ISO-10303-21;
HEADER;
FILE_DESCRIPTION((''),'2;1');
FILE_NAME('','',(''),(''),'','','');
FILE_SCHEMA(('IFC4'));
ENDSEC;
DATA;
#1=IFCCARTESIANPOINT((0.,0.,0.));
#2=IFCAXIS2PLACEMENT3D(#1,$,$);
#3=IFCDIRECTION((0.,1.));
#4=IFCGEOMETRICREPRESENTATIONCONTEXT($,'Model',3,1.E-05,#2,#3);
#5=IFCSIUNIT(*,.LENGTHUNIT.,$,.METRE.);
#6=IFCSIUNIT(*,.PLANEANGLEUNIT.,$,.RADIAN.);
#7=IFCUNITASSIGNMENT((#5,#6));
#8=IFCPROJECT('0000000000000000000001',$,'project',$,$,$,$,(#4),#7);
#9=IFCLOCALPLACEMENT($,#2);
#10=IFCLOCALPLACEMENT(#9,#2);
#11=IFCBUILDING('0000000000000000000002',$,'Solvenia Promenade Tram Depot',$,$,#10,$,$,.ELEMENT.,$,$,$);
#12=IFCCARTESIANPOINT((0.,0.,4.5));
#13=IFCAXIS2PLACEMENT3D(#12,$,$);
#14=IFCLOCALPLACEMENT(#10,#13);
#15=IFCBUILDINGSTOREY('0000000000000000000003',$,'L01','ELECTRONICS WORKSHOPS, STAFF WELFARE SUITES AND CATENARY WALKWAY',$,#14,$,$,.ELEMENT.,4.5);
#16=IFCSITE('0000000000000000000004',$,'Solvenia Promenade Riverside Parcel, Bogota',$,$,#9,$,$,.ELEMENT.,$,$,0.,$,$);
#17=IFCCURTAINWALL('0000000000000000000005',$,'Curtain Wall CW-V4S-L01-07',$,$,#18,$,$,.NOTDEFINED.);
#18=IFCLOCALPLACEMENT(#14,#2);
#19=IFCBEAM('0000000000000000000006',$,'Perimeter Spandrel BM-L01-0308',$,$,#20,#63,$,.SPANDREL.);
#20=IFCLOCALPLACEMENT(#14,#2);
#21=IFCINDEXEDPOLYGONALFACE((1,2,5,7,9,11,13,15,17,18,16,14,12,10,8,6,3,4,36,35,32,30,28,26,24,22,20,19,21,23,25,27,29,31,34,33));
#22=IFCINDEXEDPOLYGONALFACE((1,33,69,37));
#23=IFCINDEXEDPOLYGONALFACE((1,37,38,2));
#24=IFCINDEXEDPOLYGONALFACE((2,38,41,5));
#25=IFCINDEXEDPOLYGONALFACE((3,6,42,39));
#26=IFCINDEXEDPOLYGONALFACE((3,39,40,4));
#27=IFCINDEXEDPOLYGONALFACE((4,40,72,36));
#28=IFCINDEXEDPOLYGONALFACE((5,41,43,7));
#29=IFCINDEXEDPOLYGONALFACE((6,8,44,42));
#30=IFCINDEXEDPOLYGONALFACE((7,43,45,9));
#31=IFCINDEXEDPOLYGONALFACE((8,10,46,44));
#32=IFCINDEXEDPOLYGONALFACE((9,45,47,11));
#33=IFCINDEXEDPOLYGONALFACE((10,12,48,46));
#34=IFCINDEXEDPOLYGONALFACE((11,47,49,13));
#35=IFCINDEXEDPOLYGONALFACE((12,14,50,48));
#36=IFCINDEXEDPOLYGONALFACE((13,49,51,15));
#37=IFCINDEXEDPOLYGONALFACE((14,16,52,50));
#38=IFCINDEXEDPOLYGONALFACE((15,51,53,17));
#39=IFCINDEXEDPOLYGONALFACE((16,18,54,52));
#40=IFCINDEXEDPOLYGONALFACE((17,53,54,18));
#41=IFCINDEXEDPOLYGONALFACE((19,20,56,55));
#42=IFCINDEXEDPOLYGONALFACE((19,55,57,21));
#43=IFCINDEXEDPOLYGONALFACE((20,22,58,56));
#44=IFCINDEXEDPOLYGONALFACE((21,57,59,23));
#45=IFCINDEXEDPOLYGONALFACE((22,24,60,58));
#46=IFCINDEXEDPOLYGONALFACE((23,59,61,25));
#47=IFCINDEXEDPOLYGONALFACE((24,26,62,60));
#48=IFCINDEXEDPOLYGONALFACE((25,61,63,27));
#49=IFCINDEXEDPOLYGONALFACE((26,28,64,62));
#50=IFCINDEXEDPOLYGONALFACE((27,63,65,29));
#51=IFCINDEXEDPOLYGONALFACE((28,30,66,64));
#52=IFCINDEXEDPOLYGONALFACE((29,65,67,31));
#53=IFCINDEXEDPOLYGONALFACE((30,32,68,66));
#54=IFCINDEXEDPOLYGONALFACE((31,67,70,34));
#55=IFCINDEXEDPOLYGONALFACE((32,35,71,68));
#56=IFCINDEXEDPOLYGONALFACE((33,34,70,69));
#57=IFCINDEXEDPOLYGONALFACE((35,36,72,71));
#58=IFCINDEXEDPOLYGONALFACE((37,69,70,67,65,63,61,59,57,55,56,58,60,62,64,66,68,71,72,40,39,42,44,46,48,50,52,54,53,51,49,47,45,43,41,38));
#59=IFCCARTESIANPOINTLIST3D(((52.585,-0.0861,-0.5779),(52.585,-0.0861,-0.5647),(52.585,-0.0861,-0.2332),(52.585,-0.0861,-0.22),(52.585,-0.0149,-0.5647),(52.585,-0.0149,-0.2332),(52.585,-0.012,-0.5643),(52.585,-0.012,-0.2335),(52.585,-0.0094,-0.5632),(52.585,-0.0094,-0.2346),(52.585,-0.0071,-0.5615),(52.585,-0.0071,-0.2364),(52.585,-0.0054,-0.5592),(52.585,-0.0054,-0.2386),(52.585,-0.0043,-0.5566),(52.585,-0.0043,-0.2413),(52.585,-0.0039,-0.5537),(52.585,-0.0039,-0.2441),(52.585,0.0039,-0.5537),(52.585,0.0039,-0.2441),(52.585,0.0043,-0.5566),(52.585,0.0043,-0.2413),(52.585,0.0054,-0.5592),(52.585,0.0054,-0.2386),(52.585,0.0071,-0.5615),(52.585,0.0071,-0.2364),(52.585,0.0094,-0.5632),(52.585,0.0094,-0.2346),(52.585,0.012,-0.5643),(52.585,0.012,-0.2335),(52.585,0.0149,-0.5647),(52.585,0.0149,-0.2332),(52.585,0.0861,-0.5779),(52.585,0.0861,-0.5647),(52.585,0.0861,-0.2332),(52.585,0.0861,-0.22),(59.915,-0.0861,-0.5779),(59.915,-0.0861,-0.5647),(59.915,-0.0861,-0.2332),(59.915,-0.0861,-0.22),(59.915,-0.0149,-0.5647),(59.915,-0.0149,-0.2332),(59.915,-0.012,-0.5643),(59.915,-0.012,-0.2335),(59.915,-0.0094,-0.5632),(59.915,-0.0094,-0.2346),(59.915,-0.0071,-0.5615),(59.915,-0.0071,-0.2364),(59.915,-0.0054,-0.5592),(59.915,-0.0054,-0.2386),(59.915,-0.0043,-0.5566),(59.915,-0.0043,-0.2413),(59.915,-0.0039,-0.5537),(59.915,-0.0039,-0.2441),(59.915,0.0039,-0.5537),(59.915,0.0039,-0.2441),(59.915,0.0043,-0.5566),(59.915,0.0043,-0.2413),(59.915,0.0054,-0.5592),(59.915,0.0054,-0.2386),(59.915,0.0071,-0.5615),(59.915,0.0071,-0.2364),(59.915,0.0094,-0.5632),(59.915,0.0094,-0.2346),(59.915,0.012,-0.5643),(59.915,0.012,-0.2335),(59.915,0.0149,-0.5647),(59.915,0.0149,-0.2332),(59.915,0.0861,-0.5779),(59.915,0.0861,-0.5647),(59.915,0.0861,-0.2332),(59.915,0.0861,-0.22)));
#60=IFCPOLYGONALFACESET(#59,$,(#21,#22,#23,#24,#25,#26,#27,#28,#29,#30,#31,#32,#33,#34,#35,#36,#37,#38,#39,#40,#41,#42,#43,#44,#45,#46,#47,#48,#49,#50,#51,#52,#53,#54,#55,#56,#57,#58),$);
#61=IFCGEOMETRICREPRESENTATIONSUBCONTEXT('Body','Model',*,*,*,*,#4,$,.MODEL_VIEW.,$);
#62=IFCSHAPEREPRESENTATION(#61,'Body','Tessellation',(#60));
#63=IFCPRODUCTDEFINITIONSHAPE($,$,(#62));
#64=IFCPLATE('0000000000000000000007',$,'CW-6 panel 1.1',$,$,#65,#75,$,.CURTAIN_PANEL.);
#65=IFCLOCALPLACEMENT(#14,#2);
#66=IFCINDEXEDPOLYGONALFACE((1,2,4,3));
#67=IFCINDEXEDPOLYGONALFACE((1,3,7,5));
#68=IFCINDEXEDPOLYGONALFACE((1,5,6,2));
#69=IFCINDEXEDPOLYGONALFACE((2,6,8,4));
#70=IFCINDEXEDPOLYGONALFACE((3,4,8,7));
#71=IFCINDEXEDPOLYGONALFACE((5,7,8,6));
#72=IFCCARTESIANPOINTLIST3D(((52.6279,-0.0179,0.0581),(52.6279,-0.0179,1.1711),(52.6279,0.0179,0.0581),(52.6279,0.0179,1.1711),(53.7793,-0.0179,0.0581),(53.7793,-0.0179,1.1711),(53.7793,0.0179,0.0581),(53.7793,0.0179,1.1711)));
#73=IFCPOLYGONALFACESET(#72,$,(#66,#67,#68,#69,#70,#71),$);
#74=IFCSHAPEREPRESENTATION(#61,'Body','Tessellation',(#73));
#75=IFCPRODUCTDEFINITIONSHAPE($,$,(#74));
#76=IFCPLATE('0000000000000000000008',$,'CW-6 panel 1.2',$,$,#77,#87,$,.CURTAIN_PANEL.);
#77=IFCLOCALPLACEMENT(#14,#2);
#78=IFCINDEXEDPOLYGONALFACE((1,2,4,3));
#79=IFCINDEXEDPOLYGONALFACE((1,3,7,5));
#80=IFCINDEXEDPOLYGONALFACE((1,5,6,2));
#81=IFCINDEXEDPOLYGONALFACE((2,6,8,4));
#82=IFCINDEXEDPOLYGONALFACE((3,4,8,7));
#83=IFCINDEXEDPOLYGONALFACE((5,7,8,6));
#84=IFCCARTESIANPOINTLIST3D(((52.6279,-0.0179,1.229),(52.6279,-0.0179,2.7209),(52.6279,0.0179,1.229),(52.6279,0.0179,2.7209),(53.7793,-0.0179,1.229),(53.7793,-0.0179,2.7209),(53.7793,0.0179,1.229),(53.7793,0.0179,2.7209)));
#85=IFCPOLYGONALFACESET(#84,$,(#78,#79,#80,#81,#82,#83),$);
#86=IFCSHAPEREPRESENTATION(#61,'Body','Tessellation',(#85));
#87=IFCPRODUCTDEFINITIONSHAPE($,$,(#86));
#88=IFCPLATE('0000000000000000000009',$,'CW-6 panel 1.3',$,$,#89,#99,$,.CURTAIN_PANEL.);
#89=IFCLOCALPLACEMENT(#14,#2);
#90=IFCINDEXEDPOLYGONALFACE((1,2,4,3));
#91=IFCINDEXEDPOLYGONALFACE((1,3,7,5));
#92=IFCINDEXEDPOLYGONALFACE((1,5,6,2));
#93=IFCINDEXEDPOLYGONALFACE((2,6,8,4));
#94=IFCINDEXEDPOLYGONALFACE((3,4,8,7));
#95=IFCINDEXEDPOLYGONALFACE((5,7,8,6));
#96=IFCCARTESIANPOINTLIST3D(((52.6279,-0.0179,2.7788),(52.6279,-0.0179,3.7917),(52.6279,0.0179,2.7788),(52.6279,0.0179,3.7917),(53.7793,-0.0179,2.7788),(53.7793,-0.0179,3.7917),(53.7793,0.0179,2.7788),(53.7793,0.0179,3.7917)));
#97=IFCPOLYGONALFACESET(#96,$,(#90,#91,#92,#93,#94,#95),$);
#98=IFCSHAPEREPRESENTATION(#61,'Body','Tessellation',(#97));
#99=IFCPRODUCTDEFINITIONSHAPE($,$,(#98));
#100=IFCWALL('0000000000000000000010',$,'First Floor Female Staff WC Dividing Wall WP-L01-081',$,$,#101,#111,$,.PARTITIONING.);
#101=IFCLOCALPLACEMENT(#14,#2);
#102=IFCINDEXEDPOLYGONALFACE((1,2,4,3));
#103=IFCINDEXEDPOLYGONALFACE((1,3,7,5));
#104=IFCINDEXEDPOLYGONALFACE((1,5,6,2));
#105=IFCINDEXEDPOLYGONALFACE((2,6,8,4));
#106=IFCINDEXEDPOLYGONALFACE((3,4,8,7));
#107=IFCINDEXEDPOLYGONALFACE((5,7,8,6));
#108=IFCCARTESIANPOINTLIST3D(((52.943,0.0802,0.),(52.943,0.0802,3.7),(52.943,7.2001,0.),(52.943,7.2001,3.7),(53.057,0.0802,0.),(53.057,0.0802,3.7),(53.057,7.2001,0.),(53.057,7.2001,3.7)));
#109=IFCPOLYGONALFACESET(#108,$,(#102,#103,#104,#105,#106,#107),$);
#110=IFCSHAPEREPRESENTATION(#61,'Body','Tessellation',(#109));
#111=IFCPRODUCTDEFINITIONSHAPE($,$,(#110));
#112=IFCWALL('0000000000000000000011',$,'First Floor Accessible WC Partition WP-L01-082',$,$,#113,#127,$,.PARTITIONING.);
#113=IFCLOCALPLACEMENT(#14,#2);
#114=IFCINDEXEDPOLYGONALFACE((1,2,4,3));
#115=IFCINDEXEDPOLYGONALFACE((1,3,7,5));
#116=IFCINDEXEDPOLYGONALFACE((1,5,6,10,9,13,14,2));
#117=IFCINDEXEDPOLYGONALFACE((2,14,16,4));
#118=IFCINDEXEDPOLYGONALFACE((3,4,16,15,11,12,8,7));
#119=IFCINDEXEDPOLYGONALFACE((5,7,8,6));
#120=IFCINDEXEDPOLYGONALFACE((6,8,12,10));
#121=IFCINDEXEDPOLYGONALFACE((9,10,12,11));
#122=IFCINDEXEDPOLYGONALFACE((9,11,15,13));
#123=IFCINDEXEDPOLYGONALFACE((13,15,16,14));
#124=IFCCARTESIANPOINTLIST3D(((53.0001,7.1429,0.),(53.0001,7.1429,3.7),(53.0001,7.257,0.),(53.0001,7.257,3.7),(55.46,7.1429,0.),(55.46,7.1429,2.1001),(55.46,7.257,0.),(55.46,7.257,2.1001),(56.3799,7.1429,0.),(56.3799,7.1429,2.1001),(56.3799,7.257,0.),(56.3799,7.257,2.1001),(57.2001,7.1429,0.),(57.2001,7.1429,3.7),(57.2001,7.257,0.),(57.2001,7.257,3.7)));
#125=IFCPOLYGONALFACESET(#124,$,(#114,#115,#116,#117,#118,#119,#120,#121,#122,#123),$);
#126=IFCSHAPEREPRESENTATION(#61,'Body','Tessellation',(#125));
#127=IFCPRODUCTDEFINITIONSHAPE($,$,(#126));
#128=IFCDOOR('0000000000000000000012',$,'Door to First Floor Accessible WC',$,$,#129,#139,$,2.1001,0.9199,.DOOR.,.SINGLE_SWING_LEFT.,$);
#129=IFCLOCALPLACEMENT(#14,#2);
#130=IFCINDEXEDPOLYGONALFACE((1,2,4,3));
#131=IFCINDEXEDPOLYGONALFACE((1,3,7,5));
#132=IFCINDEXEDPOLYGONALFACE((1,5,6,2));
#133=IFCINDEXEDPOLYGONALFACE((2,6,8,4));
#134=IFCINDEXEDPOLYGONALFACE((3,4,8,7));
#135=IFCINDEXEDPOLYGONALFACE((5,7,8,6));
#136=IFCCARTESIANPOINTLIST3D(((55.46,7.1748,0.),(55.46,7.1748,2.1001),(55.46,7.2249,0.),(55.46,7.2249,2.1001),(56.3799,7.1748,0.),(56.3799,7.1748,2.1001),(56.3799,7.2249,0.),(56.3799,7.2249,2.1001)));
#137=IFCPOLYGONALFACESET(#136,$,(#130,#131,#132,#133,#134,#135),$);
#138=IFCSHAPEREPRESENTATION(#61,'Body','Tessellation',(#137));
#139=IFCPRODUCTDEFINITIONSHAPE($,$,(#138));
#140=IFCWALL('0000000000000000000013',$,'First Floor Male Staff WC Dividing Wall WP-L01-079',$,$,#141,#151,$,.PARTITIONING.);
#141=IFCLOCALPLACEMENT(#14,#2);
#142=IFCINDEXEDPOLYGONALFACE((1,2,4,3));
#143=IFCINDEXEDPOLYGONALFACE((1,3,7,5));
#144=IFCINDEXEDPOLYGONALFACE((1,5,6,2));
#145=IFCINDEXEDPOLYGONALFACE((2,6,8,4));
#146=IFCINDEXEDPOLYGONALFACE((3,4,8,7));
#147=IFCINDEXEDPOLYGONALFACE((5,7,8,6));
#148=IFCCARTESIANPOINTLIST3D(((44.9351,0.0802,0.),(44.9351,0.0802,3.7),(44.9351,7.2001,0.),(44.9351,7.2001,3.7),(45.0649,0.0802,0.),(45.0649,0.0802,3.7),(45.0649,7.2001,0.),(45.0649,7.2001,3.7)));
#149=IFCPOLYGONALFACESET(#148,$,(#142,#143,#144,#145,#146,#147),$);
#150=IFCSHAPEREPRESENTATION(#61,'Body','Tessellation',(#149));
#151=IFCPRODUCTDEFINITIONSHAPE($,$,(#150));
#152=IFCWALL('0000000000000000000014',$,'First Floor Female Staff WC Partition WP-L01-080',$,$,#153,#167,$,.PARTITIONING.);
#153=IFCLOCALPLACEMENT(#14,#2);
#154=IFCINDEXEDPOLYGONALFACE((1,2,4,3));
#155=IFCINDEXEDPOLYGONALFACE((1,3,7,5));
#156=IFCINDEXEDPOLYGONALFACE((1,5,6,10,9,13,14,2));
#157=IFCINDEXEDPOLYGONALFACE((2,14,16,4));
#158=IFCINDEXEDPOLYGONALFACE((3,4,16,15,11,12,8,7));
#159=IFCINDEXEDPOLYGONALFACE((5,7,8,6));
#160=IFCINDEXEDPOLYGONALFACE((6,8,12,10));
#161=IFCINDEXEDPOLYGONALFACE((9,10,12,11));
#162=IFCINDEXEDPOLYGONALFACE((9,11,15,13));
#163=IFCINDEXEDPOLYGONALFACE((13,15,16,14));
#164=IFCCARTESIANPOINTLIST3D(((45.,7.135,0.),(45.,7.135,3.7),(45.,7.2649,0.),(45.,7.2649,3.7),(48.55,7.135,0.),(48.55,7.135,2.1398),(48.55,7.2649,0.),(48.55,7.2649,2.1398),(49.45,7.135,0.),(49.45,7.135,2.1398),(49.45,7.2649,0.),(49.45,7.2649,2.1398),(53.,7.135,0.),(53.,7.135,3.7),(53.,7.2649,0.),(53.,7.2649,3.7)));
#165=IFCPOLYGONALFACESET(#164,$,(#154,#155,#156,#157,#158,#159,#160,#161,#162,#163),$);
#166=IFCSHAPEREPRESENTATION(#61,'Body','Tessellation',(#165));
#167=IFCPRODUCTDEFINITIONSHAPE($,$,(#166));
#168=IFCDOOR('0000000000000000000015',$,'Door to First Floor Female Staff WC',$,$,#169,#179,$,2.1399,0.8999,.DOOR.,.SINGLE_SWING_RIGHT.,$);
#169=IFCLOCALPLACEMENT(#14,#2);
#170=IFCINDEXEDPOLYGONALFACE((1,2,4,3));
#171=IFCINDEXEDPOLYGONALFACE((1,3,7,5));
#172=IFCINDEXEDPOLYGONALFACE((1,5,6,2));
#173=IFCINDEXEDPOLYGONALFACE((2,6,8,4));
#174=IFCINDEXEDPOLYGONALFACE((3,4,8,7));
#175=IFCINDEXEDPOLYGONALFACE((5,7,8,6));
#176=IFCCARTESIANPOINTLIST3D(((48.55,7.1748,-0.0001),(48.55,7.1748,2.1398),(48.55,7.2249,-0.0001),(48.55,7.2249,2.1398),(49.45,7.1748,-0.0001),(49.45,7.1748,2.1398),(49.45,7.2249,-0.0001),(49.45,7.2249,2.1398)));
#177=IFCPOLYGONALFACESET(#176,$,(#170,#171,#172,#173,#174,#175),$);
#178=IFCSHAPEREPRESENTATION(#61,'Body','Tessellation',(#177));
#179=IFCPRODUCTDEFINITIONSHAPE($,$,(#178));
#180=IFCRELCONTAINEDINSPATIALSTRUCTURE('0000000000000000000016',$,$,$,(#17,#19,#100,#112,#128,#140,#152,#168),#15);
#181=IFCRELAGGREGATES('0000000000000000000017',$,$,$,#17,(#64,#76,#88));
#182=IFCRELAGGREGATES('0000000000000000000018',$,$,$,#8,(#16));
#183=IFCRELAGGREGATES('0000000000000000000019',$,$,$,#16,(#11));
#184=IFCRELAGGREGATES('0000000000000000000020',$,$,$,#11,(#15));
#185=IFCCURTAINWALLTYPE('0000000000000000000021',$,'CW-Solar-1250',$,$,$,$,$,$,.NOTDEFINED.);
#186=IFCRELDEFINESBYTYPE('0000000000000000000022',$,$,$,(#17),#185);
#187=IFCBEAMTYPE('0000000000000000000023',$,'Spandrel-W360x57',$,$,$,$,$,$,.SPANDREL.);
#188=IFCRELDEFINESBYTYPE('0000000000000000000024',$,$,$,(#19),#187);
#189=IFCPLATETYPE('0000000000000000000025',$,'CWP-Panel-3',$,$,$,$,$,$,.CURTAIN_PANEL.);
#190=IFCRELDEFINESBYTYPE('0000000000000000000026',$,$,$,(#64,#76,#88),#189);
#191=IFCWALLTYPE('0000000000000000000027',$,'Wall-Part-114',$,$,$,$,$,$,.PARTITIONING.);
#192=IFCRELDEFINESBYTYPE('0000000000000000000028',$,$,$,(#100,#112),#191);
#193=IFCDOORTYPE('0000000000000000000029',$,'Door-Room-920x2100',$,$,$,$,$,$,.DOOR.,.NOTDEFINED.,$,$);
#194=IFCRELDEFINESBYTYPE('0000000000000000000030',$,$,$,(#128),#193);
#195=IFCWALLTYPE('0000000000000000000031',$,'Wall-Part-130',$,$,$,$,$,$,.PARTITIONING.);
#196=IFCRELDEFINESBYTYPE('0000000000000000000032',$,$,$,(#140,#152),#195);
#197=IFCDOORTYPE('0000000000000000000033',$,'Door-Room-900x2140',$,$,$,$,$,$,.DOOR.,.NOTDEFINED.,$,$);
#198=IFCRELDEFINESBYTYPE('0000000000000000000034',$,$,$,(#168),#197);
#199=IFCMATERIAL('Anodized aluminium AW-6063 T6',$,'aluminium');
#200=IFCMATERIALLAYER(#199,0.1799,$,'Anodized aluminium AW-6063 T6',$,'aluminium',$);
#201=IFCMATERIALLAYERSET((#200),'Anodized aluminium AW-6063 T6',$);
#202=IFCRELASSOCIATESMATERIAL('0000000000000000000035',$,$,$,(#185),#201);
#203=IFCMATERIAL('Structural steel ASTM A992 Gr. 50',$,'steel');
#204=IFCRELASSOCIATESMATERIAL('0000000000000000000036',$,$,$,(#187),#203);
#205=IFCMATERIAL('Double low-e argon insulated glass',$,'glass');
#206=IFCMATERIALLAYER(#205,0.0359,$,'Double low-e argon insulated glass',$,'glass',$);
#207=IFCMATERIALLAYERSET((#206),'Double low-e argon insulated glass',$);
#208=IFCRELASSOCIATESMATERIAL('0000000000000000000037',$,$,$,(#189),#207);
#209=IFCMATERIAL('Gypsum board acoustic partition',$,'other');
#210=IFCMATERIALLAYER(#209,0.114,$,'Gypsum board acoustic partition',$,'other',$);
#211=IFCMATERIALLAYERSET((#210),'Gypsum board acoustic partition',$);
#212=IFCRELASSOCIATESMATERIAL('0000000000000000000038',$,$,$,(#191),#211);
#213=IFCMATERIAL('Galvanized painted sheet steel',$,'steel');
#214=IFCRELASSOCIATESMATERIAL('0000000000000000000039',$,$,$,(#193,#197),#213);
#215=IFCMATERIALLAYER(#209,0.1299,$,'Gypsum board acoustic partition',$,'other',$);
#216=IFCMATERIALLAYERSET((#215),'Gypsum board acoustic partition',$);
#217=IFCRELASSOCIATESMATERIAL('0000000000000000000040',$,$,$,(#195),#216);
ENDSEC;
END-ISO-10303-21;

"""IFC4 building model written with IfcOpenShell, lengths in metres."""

from ifc_helpers import new_model, si_unit, direction, frame, frame_2d, origin, origin_2d, place, context, subcontext, project, spatial, rectangle, i_section, extrude, material, layer, layer_set, material_profile, profile_set, type_object, element, fill, aggregate, save


model = new_model("IFC4")

# Units and contexts
model_context = context("Model", 3, precision=1e-05, world=origin(), true_north=direction((0.0, 1.0)))
body_context = subcontext(model_context, "Body", "Model", "MODEL_VIEW")
ifc_project = project(units=[si_unit("LENGTHUNIT", "METRE"), si_unit("PLANEANGLEUNIT", "RADIAN")], contexts=[model_context])

# Site, building, storey
site_placement = place(None, origin())
site = spatial("IfcSite", under=ifc_project, at=site_placement, Name="Solvenia Promenade Riverside Parcel, Bogota", CompositionType="ELEMENT", RefElevation=0.0)
building_placement = place(site_placement, origin())
building = spatial("IfcBuilding", under=site, at=building_placement, Name="Solvenia Promenade Tram Depot", CompositionType="ELEMENT")
storey_placement = place(building_placement, frame((0.0, 0.0, 4.5)))
storey = spatial("IfcBuildingStorey", under=building, at=storey_placement, Name="L01", Description="ELECTRONICS WORKSHOPS, STAFF WELFARE SUITES AND CATENARY WALKWAY", CompositionType="ELEMENT", Elevation=4.5)

# Curtain wall
ifc_material_1 = material(Name="Anodized aluminium AW-6063 T6", Category="aluminium")
ifc_layer_1 = layer(ifc_material_1, 0.1799, Name="Anodized aluminium AW-6063 T6", Category="aluminium")
ifc_layer_set_1 = layer_set([ifc_layer_1], Name="Anodized aluminium AW-6063 T6")
curtain_wall_type = type_object("IfcCurtainWallType", Name="CW-Solar-1250", PredefinedType="NOTDEFINED", material=ifc_layer_set_1)
curtain_wall_placement = place(storey_placement, origin())
curtain_wall = element("IfcCurtainWall", 1, at=curtain_wall_placement, inside=storey, type_object=curtain_wall_type, Name="Curtain Wall CW-V4S-L01-07", PredefinedType="NOTDEFINED")

# Beam
ifc_material_2 = material(Name="Structural steel ASTM A992 Gr. 50", Category="steel")
ifc_material_profile_1 = material_profile(ifc_material_2, i_section(OverallWidth=0.1721, OverallDepth=0.3579, WebThickness=0.0078, FlangeThickness=0.0132, FilletRadius=0.011, at=origin_2d()), Name="W360x57", Category="steel")
ifc_profile_set_1 = profile_set([ifc_material_profile_1], Name="Structural steel ASTM A992 Gr. 50")
beam_type_1 = type_object("IfcBeamType", Name="Spandrel-W360x57", PredefinedType="SPANDREL", material=ifc_profile_set_1)
beam_placement = place(storey_placement, frame((52.585, 0.0, -0.3989), z_axis=(1.0, 0.0, 0.0), x_axis=(0.0, 1.0, 0.0)))
element("IfcBeam", 2, at=beam_placement, inside=storey, type_object=beam_type_1, Name="Perimeter Spandrel BM-L01-0308", PredefinedType="SPANDREL", context=body_context, shape_type="SweptSolid", body=[
    extrude(i_section(OverallWidth=0.1721, OverallDepth=0.3579, WebThickness=0.0078, FlangeThickness=0.0132, FilletRadius=0.011, at=origin_2d()), origin(), (0.0, 0.0, 1.0), 7.3301),
])

# Plates
ifc_material_3 = material(Name="Double low-e argon insulated glass", Category="glass")
ifc_layer_2 = layer(ifc_material_3, 0.0359, Name="Double low-e argon insulated glass", Category="glass")
ifc_layer_set_2 = layer_set([ifc_layer_2], Name="Double low-e argon insulated glass")
plate_type = type_object("IfcPlateType", Name="CWP-Panel-3", PredefinedType="CURTAIN_PANEL", material=ifc_layer_set_2)
plate_1_placement = place(storey_placement, frame((53.2036, 0.0, 0.0581), z_axis=(0.0, 0.0, 1.0), x_axis=(1.0, 0.0, 0.0)))
plate_1 = element("IfcPlate", 3, at=plate_1_placement, type_object=plate_type, Name="CW-6 panel 1.1", PredefinedType="CURTAIN_PANEL", context=body_context, shape_type="SweptSolid", body=[
    extrude(rectangle(XDim=1.1514, YDim=0.0359, at=origin_2d()), origin(), (0.0, 0.0, 1.0), 1.113),
])
plate_2_placement = place(storey_placement, frame((53.2036, 0.0, 1.229), z_axis=(0.0, 0.0, 1.0), x_axis=(1.0, 0.0, 0.0)))
plate_2 = element("IfcPlate", 4, at=plate_2_placement, type_object=plate_type, Name="CW-6 panel 1.2", PredefinedType="CURTAIN_PANEL", context=body_context, shape_type="SweptSolid", body=[
    extrude(rectangle(XDim=1.1514, YDim=0.0359, at=origin_2d()), origin(), (0.0, 0.0, 1.0), 1.4919),
])
plate_3_placement = place(storey_placement, frame((53.2036, 0.0, 2.7788), z_axis=(0.0, 0.0, 1.0), x_axis=(1.0, 0.0, 0.0)))
plate_3 = element("IfcPlate", 5, at=plate_3_placement, type_object=plate_type, Name="CW-6 panel 1.3", PredefinedType="CURTAIN_PANEL", context=body_context, shape_type="SweptSolid", body=[
    extrude(rectangle(XDim=1.1514, YDim=0.0359, at=origin_2d()), origin(), (0.0, 0.0, 1.0), 1.0129),
])
aggregate(curtain_wall, [plate_1, plate_2, plate_3])

# Wall
ifc_material_4 = material(Name="Gypsum board acoustic partition", Category="other")
ifc_layer_3 = layer(ifc_material_4, 0.114, Name="Gypsum board acoustic partition", Category="other")
ifc_layer_set_3 = layer_set([ifc_layer_3], Name="Gypsum board acoustic partition")
wall_type_1 = type_object("IfcWallType", Name="Wall-Part-114", PredefinedType="PARTITIONING", material=ifc_layer_set_3)
wall_1_placement = place(storey_placement, frame((53.0, 0.0801, 0.0), z_axis=(0.0, 0.0, 1.0), x_axis=(0.0, 1.0, 0.0)))
element("IfcWall", 6, at=wall_1_placement, inside=storey, type_object=wall_type_1, Name="First Floor Female Staff WC Dividing Wall WP-L01-081", PredefinedType="PARTITIONING", context=body_context, shape_type="SweptSolid", body=[
    extrude(rectangle(XDim=7.1199, YDim=0.114, at=frame_2d((3.5601, 0.0))), origin(), (0.0, 0.0, 1.0), 3.7),
])

# Wall, opening, door
wall_2_placement = place(storey_placement, frame((53.0, 7.2, 0.0), z_axis=(0.0, 0.0, 1.0), x_axis=(1.0, 0.0, 0.0)))
wall_2 = element("IfcWall", 7, at=wall_2_placement, inside=storey, type_object=wall_type_1, Name="First Floor Accessible WC Partition WP-L01-082", PredefinedType="PARTITIONING", context=body_context, shape_type="SweptSolid", body=[
    extrude(rectangle(XDim=4.2, YDim=0.114, at=frame_2d((2.1001, 0.0))), origin(), (0.0, 0.0, 1.0), 3.7),
])
opening_1_placement = place(wall_2_placement, frame((2.46, 0.0, 0.0)))
opening_1 = element("IfcOpeningElement", 8, at=opening_1_placement, cuts=wall_2, PredefinedType="OPENING", context=body_context, shape_type="SweptSolid", body=[
    extrude(rectangle(XDim=0.9199, YDim=2.1001, at=frame_2d((0.46, 1.05))), frame((0.0, 0.0669, 0.0), z_axis=(0.0, -1.0, 0.0), x_axis=(1.0, 0.0, 0.0)), (0.0, 0.0, 1.0), 0.134),
])
ifc_material_5 = material(Name="Galvanized painted sheet steel", Category="steel")
door_type_1 = type_object("IfcDoorType", Name="Door-Room-920x2100", OperationType="NOTDEFINED", PredefinedType="DOOR", material=ifc_material_5)
door_1_placement = place(opening_1_placement, origin())
door_1 = element("IfcDoor", 9, at=door_1_placement, inside=storey, type_object=door_type_1, Name="Door to First Floor Accessible WC", OperationType="SINGLE_SWING_LEFT", OverallHeight=2.1001, OverallWidth=0.9199, PredefinedType="DOOR", context=body_context, shape_type="SweptSolid", body=[
    extrude(rectangle(XDim=0.9199, YDim=2.1001, at=frame_2d((0.46, 1.05))), frame((0.0, 0.0249, 0.0), z_axis=(0.0, -1.0, 0.0), x_axis=(1.0, 0.0, 0.0)), (0.0, 0.0, 1.0), 0.05),
])
fill(opening_1, door_1)

# Wall
ifc_layer_4 = layer(ifc_material_4, 0.1299, Name="Gypsum board acoustic partition", Category="other")
ifc_layer_set_4 = layer_set([ifc_layer_4], Name="Gypsum board acoustic partition")
wall_type_2 = type_object("IfcWallType", Name="Wall-Part-130", PredefinedType="PARTITIONING", material=ifc_layer_set_4)
wall_3_placement = place(storey_placement, frame((45.0, 0.0801, 0.0), z_axis=(0.0, 0.0, 1.0), x_axis=(0.0, 1.0, 0.0)))
element("IfcWall", 10, at=wall_3_placement, inside=storey, type_object=wall_type_2, Name="First Floor Male Staff WC Dividing Wall WP-L01-079", PredefinedType="PARTITIONING", context=body_context, shape_type="SweptSolid", body=[
    extrude(rectangle(XDim=7.1199, YDim=0.1299, at=frame_2d((3.5601, 0.0))), origin(), (0.0, 0.0, 1.0), 3.7),
])

# Wall, opening, door
wall_4_placement = place(storey_placement, frame((45.0, 7.2, 0.0), z_axis=(0.0, 0.0, 1.0), x_axis=(1.0, 0.0, 0.0)))
wall_4 = element("IfcWall", 11, at=wall_4_placement, inside=storey, type_object=wall_type_2, Name="First Floor Female Staff WC Partition WP-L01-080", PredefinedType="PARTITIONING", context=body_context, shape_type="SweptSolid", body=[
    extrude(rectangle(XDim=8.0, YDim=0.1299, at=frame_2d((4.0, 0.0))), origin(), (0.0, 0.0, 1.0), 3.7),
])
opening_2_placement = place(wall_4_placement, frame((3.55, 0.0, 0.0)))
opening_2 = element("IfcOpeningElement", 12, at=opening_2_placement, cuts=wall_4, PredefinedType="OPENING", context=body_context, shape_type="SweptSolid", body=[
    extrude(rectangle(XDim=0.8999, YDim=2.1399, at=frame_2d((0.45, 1.0698))), frame((0.0, 0.075, 0.0), z_axis=(0.0, -1.0, 0.0), x_axis=(1.0, 0.0, 0.0)), (0.0, 0.0, 1.0), 0.1499),
])
door_type_2 = type_object("IfcDoorType", Name="Door-Room-900x2140", OperationType="NOTDEFINED", PredefinedType="DOOR", material=ifc_material_5)
door_2_placement = place(opening_2_placement, origin())
door_2 = element("IfcDoor", 13, at=door_2_placement, inside=storey, type_object=door_type_2, Name="Door to First Floor Female Staff WC", OperationType="SINGLE_SWING_RIGHT", OverallHeight=2.1399, OverallWidth=0.8999, PredefinedType="DOOR", context=body_context, shape_type="SweptSolid", body=[
    extrude(rectangle(XDim=0.8999, YDim=2.1399, at=frame_2d((0.45, 1.0698))), frame((0.0, 0.0249, 0.0), z_axis=(0.0, -1.0, 0.0), x_axis=(1.0, 0.0, 0.0)), (0.0, 0.0, 1.0), 0.05),
])
fill(opening_2, door_2)

save(model, "model.ifc")
